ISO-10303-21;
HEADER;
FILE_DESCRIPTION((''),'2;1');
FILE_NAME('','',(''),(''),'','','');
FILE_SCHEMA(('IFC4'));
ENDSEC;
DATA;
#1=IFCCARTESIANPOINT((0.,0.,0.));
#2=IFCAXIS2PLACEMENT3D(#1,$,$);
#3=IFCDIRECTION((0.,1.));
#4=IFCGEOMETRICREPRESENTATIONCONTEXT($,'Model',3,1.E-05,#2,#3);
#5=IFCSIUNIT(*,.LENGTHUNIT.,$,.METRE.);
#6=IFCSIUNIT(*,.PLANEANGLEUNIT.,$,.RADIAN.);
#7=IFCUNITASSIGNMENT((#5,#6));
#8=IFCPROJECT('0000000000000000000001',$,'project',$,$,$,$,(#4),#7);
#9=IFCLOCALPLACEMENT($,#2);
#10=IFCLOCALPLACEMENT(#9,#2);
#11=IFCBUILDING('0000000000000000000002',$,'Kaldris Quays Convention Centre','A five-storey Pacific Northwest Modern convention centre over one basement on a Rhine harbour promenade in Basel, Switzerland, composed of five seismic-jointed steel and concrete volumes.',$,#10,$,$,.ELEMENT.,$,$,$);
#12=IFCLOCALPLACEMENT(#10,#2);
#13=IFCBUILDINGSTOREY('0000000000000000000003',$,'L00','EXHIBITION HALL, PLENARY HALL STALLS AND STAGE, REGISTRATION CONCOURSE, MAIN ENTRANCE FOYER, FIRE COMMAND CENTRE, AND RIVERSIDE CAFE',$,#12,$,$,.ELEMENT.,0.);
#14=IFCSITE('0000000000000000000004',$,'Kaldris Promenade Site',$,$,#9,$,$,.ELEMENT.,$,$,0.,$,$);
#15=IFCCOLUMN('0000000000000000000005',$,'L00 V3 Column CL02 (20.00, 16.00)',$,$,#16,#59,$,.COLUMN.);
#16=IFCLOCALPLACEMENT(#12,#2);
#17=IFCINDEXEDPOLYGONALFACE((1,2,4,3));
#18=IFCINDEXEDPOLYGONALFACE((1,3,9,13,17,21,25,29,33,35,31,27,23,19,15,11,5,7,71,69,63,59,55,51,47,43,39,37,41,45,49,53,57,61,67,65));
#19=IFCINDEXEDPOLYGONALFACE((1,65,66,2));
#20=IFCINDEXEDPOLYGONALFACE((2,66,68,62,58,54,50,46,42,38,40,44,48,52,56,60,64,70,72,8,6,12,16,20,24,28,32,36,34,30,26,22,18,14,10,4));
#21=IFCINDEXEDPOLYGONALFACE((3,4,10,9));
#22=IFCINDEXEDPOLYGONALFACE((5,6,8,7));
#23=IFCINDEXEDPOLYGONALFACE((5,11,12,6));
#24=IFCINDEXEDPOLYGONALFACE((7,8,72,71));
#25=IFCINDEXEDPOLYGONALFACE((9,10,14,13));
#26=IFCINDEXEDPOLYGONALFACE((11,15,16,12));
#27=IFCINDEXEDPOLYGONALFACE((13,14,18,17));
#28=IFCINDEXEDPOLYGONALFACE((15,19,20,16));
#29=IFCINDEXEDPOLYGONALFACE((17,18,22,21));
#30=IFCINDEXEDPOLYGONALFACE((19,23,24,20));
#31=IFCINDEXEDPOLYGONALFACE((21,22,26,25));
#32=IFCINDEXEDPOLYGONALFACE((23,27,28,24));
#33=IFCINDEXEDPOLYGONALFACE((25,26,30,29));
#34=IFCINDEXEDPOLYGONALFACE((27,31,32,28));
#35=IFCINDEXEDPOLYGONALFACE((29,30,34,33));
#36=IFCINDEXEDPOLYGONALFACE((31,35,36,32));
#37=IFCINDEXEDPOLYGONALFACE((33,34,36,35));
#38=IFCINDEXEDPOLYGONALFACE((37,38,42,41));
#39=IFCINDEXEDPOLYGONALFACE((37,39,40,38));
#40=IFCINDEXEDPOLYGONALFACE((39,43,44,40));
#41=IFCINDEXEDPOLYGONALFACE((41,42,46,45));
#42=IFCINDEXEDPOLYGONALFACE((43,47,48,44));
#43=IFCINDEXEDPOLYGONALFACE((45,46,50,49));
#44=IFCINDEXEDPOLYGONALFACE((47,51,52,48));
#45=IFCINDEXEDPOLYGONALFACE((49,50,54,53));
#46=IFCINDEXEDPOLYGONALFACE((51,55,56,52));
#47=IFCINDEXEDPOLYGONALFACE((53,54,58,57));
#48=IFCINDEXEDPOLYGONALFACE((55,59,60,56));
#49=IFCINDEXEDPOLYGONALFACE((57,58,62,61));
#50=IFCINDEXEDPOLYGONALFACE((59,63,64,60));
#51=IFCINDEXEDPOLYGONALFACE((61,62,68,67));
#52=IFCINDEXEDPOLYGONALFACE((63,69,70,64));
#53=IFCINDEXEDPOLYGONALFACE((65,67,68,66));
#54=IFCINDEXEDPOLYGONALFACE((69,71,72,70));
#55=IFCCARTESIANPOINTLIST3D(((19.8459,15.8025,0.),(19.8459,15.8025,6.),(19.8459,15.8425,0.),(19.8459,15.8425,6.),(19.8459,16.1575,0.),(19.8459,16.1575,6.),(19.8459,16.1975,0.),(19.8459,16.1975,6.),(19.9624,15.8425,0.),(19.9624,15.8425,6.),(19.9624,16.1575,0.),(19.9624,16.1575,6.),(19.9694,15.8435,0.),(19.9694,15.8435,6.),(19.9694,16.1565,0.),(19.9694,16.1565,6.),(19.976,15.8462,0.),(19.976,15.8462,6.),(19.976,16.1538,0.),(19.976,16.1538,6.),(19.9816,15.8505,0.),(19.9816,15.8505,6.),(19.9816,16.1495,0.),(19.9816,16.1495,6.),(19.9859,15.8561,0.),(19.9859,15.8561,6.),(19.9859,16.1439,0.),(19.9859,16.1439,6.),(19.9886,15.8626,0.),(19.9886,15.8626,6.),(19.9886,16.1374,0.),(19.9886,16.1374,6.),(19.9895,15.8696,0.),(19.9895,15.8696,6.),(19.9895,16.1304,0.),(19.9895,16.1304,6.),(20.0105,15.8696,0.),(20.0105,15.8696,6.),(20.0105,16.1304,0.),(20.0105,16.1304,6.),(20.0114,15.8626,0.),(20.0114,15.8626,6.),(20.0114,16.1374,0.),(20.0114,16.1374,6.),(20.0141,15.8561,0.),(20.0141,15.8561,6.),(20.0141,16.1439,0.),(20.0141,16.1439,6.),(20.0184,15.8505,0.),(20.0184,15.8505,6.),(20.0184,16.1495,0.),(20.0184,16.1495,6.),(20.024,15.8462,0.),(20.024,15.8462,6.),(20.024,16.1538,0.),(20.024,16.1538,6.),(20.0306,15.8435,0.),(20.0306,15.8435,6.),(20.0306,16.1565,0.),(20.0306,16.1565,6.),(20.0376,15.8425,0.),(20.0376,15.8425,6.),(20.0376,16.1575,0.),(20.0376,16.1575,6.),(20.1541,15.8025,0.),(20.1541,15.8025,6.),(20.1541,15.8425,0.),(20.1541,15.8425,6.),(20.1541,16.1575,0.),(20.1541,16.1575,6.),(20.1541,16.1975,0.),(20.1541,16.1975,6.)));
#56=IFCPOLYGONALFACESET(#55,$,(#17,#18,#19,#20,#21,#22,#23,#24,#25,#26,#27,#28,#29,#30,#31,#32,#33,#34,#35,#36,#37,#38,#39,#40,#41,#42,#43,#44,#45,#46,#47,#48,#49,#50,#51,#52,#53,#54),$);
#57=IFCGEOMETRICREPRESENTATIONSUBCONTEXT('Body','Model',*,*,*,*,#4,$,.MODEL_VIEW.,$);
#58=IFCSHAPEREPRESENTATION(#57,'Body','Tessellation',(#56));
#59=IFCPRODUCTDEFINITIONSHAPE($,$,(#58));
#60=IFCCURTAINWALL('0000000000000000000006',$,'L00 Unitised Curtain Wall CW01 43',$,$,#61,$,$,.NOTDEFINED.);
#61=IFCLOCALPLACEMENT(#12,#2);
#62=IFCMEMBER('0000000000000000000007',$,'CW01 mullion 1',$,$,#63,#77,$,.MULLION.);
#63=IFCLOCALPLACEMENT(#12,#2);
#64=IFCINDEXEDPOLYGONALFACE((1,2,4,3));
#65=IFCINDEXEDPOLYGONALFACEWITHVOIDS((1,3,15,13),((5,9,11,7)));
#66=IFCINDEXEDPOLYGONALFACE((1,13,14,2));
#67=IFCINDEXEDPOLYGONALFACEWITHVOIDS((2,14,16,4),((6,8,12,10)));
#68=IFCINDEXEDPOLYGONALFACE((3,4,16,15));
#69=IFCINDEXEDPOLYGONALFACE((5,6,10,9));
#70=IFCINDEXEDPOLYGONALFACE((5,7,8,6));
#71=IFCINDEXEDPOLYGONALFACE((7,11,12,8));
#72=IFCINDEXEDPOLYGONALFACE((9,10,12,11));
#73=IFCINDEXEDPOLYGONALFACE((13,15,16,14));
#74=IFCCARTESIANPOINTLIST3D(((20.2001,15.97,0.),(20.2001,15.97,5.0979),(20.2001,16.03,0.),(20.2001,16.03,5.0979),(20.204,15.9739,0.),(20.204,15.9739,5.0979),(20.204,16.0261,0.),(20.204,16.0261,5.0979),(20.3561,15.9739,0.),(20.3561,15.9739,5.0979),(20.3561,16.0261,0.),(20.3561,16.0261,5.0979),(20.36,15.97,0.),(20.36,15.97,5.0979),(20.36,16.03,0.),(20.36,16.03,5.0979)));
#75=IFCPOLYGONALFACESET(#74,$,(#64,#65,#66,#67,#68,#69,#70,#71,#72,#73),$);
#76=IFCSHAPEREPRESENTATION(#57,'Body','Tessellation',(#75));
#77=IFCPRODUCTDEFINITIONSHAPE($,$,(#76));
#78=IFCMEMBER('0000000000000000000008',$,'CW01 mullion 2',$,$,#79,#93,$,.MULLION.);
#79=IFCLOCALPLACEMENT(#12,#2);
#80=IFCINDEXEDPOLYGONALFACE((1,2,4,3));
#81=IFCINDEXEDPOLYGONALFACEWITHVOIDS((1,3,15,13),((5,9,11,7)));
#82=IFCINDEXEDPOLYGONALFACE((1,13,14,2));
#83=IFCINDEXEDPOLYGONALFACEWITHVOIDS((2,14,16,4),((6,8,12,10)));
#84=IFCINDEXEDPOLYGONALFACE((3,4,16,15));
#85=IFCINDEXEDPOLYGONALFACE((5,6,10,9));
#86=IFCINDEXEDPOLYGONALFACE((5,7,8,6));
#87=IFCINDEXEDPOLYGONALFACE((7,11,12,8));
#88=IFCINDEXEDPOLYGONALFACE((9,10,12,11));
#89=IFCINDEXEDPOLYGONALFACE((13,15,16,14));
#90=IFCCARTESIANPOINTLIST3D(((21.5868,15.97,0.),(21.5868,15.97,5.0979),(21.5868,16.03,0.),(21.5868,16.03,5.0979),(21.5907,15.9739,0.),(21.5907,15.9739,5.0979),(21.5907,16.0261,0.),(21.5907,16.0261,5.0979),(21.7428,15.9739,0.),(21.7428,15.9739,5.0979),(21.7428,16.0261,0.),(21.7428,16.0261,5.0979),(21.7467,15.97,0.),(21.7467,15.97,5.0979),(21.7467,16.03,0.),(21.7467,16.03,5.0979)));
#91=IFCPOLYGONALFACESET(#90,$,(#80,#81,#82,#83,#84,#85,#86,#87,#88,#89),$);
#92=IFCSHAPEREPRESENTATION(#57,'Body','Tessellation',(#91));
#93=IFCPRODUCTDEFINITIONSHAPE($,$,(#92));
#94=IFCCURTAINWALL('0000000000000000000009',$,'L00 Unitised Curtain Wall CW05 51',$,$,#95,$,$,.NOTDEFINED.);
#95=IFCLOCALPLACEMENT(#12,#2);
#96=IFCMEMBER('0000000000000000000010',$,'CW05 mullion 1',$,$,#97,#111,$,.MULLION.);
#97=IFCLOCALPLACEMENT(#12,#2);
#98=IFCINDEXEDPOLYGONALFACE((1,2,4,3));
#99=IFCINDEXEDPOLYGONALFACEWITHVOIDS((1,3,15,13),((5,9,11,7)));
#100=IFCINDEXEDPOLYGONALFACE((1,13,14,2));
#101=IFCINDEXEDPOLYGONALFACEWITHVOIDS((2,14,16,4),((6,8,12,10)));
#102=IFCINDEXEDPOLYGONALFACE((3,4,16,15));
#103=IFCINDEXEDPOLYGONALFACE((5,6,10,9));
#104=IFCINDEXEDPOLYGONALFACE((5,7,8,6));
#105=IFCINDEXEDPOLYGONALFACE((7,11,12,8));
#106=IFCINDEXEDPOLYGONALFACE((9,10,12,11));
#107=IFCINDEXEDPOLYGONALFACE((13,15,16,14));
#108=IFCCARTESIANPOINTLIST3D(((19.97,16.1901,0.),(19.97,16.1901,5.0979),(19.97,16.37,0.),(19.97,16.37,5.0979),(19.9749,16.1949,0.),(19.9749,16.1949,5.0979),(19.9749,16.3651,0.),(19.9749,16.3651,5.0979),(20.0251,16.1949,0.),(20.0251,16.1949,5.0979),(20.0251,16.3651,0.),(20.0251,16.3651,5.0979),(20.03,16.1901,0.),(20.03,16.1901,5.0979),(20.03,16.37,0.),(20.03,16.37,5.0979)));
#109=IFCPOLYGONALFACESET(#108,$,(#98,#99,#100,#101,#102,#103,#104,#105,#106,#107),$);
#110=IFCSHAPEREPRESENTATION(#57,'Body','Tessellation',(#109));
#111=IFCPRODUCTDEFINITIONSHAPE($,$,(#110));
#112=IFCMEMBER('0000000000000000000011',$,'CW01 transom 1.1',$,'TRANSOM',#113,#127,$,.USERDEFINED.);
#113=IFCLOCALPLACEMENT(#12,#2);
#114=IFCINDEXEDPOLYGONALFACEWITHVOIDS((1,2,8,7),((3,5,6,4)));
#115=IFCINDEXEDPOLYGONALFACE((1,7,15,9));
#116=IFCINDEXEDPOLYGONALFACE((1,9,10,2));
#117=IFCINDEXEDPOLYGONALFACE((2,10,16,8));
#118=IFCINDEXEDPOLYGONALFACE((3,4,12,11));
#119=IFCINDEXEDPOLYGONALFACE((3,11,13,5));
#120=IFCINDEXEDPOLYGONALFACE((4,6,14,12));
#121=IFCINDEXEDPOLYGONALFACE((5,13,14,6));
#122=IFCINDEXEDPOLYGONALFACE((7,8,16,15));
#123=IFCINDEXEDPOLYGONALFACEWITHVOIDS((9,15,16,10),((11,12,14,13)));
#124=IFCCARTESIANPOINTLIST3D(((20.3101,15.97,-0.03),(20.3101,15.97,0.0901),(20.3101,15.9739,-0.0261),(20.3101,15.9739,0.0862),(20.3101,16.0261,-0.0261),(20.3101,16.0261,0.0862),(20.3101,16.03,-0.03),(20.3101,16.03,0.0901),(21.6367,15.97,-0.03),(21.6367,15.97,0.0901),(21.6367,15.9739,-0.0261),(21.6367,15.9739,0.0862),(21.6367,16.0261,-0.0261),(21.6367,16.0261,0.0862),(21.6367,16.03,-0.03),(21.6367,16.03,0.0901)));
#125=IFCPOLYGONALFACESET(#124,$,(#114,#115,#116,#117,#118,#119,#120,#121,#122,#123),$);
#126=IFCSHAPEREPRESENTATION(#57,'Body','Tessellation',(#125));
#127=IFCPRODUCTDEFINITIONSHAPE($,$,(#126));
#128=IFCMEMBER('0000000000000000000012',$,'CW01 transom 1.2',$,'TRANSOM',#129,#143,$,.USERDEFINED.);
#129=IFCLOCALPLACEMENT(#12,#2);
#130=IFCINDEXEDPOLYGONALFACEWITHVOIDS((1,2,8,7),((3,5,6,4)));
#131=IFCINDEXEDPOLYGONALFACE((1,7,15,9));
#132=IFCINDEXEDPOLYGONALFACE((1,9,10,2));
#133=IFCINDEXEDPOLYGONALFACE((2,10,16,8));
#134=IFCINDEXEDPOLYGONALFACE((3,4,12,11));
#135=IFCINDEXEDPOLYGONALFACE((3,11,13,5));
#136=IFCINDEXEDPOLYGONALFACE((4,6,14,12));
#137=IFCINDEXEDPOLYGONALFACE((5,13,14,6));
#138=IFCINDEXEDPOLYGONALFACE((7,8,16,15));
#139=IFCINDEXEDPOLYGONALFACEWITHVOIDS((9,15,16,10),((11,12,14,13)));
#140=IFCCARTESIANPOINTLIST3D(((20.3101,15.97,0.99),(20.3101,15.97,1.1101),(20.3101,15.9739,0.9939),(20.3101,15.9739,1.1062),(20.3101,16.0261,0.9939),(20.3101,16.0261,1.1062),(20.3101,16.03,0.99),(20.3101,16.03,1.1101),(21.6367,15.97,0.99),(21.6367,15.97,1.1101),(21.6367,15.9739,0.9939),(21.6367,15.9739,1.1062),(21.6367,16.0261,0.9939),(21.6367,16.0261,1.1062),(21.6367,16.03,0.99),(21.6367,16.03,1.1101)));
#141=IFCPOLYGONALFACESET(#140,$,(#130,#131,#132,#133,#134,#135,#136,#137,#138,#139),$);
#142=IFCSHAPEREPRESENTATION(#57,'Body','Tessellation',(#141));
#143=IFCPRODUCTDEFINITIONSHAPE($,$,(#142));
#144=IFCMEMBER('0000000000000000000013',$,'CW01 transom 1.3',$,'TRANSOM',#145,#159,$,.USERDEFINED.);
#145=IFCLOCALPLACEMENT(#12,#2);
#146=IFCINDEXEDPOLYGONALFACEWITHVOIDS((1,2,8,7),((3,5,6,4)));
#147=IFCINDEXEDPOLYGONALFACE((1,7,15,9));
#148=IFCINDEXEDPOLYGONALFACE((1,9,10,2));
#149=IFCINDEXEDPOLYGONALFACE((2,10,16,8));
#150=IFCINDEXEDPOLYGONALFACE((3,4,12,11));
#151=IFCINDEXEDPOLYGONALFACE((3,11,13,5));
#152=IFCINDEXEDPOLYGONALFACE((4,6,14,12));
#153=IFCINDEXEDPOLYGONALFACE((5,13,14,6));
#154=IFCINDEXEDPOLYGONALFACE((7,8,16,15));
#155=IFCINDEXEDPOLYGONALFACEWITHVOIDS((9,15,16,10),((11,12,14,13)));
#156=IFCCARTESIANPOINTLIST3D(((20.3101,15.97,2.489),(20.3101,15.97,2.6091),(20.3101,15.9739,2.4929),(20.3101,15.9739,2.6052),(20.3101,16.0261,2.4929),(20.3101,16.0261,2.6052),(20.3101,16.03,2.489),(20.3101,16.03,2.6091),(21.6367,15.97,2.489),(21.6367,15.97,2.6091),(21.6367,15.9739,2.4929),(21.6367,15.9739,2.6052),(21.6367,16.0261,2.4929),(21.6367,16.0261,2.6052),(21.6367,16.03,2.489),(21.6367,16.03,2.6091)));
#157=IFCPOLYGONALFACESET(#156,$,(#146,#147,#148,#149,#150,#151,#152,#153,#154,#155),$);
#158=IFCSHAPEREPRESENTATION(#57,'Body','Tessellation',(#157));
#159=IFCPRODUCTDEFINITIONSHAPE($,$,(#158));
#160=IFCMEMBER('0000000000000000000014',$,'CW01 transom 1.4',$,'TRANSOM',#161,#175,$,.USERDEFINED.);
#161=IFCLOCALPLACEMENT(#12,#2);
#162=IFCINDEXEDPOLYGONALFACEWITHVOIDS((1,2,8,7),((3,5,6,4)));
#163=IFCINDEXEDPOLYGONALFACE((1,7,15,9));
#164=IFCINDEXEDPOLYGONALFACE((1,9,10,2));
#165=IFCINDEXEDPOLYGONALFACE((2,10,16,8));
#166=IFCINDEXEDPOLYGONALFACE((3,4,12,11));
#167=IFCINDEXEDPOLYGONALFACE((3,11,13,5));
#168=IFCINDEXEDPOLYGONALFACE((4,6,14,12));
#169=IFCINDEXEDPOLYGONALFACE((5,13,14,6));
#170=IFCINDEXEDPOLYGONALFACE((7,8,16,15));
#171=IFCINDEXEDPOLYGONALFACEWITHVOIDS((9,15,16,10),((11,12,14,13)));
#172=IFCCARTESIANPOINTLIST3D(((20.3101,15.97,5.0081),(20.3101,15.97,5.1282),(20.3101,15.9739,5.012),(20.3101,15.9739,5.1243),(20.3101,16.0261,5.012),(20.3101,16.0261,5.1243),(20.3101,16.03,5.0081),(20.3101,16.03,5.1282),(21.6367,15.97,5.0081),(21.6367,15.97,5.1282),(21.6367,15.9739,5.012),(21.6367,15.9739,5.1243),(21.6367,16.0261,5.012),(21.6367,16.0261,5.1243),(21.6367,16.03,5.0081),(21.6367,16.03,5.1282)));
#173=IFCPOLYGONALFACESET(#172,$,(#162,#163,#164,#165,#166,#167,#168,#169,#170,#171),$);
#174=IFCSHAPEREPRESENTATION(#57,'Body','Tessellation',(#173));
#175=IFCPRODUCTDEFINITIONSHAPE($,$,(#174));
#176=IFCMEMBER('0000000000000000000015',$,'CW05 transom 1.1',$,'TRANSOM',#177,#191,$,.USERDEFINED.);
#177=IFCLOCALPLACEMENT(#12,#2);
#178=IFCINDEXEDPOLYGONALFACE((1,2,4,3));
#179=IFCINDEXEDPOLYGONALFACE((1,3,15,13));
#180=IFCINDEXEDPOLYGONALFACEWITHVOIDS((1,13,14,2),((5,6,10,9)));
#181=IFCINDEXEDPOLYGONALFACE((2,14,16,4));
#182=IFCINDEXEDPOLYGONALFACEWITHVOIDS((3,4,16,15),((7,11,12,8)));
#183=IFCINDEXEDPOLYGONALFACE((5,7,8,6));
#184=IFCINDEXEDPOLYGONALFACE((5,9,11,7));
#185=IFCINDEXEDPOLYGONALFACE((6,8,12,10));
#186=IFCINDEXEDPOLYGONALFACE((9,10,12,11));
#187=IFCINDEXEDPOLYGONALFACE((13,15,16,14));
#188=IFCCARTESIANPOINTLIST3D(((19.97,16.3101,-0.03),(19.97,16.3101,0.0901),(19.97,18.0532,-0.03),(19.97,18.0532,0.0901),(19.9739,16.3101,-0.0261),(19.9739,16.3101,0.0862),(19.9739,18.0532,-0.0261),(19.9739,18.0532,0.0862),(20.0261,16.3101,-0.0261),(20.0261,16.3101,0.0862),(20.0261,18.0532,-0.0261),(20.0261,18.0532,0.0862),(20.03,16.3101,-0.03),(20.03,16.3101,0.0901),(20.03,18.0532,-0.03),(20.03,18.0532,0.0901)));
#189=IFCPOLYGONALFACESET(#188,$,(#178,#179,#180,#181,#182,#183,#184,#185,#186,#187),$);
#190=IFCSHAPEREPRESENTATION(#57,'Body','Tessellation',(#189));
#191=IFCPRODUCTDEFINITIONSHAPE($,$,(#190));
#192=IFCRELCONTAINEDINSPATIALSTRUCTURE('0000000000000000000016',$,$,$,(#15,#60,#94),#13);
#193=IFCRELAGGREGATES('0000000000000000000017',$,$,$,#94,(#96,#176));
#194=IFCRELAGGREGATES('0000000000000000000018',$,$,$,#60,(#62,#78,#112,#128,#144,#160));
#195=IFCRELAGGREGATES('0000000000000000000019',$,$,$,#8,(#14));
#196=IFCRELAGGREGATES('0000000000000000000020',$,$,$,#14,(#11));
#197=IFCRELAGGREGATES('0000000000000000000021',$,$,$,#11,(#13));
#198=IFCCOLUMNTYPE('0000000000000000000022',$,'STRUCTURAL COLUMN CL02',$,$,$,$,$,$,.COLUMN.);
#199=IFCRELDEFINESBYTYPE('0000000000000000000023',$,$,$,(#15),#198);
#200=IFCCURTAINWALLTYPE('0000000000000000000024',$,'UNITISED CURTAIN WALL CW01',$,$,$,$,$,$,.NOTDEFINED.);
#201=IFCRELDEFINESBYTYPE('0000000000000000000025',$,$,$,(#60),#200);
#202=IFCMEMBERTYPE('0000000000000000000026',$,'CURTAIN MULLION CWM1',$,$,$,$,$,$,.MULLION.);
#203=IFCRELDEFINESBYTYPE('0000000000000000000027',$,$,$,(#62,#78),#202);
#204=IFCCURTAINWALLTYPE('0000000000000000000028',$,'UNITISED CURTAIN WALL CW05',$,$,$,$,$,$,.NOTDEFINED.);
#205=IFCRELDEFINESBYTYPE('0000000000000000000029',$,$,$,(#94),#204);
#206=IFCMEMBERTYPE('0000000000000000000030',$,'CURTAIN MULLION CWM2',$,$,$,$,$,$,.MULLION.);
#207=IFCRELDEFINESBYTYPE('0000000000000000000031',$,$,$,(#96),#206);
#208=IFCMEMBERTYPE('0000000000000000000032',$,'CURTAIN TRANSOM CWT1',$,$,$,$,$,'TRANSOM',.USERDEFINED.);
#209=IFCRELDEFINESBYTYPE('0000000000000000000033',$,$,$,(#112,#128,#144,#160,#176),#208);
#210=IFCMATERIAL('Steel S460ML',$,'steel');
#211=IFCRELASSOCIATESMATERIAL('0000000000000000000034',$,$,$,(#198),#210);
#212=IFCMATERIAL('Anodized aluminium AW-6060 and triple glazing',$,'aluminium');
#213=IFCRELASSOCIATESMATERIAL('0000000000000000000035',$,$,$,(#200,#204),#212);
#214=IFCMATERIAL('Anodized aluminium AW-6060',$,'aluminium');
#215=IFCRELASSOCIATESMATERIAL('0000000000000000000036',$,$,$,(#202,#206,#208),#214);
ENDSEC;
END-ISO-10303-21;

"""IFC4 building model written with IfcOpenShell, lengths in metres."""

from ifc_helpers import new_model, si_unit, direction, frame, origin, origin_2d, place, context, subcontext, project, spatial, hollow_rectangle, i_section, extrude, material, material_profile, profile_set, type_object, element, aggregate, save


model = new_model("IFC4")

# Units and contexts
model_context = context("Model", 3, precision=1e-05, world=origin(), true_north=direction((0.0, 1.0)))
body_context = subcontext(model_context, "Body", "Model", "MODEL_VIEW")
ifc_project = project(units=[si_unit("LENGTHUNIT", "METRE"), si_unit("PLANEANGLEUNIT", "RADIAN")], contexts=[model_context])

# Site, building, storey
site_placement = place(None, origin())
site = spatial("IfcSite", under=ifc_project, at=site_placement, Name="Kaldris Promenade Site", CompositionType="ELEMENT", RefElevation=0.0)
building_placement = place(site_placement, origin())
building = spatial("IfcBuilding", under=site, at=building_placement, Name="Kaldris Quays Convention Centre", Description="A five-storey Pacific Northwest Modern convention centre over one basement on a Rhine harbour promenade in Basel, Switzerland, composed of five seismic-jointed steel and concrete volumes.", CompositionType="ELEMENT")
storey_placement = place(building_placement, origin())
storey = spatial("IfcBuildingStorey", under=building, at=storey_placement, Name="L00", Description="EXHIBITION HALL, PLENARY HALL STALLS AND STAGE, REGISTRATION CONCOURSE, MAIN ENTRANCE FOYER, FIRE COMMAND CENTRE, AND RIVERSIDE CAFE", CompositionType="ELEMENT", Elevation=0.0)

# Column
ifc_material_1 = material(Name="Steel S460ML", Category="steel")
ifc_material_profile_1 = material_profile(ifc_material_1, i_section(OverallWidth=0.3081, OverallDepth=0.395, WebThickness=0.021, FlangeThickness=0.04, FilletRadius=0.0271, at=origin_2d()), Name="HEM 360")
ifc_profile_set_1 = profile_set([ifc_material_profile_1], Name="Steel S460ML")
column_type = type_object("IfcColumnType", Name="STRUCTURAL COLUMN CL02", PredefinedType="COLUMN", material=ifc_profile_set_1)
column_placement = place(storey_placement, frame((20.0, 16.0, 0.0), z_axis=(0.0, 0.0, 1.0), x_axis=(1.0, 0.0, 0.0)))
element("IfcColumn", 1, at=column_placement, inside=storey, type_object=column_type, Name="L00 V3 Column CL02 (20.00, 16.00)", PredefinedType="COLUMN", context=body_context, shape_type="SweptSolid", body=[
    extrude(i_section(OverallWidth=0.3081, OverallDepth=0.395, WebThickness=0.021, FlangeThickness=0.04, FilletRadius=0.0271, at=origin_2d()), origin(), (0.0, 0.0, 1.0), 6.0),
])

# Curtain wall, members
ifc_material_2 = material(Name="Anodized aluminium AW-6060 and triple glazing", Category="aluminium")
curtain_wall_type_1 = type_object("IfcCurtainWallType", Name="UNITISED CURTAIN WALL CW01", PredefinedType="NOTDEFINED", material=ifc_material_2)
curtain_wall_1_placement = place(storey_placement, origin())
curtain_wall_1 = element("IfcCurtainWall", 2, at=curtain_wall_1_placement, inside=storey, type_object=curtain_wall_type_1, Name="L00 Unitised Curtain Wall CW01 43", PredefinedType="NOTDEFINED")
ifc_material_3 = material(Name="Anodized aluminium AW-6060", Category="aluminium")
ifc_material_profile_2 = material_profile(ifc_material_3, hollow_rectangle(XDim=0.0601, YDim=0.1599, WallThickness=0.0039, at=origin_2d()), Name="RHS 160x60x4")
ifc_profile_set_2 = profile_set([ifc_material_profile_2], Name="Anodized aluminium AW-6060")
member_type_1 = type_object("IfcMemberType", Name="CURTAIN MULLION CWM1", PredefinedType="MULLION", material=ifc_profile_set_2)
member_1_placement = place(storey_placement, frame((20.28, 16.0, 0.0), z_axis=(0.0, 0.0, 1.0), x_axis=(0.0, 1.0, 0.0)))
member_1 = element("IfcMember", 3, at=member_1_placement, type_object=member_type_1, Name="CW01 mullion 1", PredefinedType="MULLION", context=body_context, shape_type="SweptSolid", body=[
    extrude(hollow_rectangle(XDim=0.0601, YDim=0.1599, WallThickness=0.0039, at=origin_2d()), origin(), (0.0, 0.0, 1.0), 5.0979),
])
member_2_placement = place(storey_placement, frame((21.6667, 16.0, 0.0), z_axis=(0.0, 0.0, 1.0), x_axis=(0.0, 1.0, 0.0)))
member_2 = element("IfcMember", 4, at=member_2_placement, type_object=member_type_1, Name="CW01 mullion 2", PredefinedType="MULLION", context=body_context, shape_type="SweptSolid", body=[
    extrude(hollow_rectangle(XDim=0.0601, YDim=0.1599, WallThickness=0.0039, at=origin_2d()), origin(), (0.0, 0.0, 1.0), 5.0979),
])

# Curtain wall, member
curtain_wall_type_2 = type_object("IfcCurtainWallType", Name="UNITISED CURTAIN WALL CW05", PredefinedType="NOTDEFINED", material=ifc_material_2)
curtain_wall_2_placement = place(storey_placement, origin())
curtain_wall_2 = element("IfcCurtainWall", 5, at=curtain_wall_2_placement, inside=storey, type_object=curtain_wall_type_2, Name="L00 Unitised Curtain Wall CW05 51", PredefinedType="NOTDEFINED")
ifc_material_profile_3 = material_profile(ifc_material_3, hollow_rectangle(XDim=0.0601, YDim=0.1799, WallThickness=0.0049, at=origin_2d()), Name="RHS 180x60x5")
ifc_profile_set_3 = profile_set([ifc_material_profile_3], Name="Anodized aluminium AW-6060")
member_type_2 = type_object("IfcMemberType", Name="CURTAIN MULLION CWM2", PredefinedType="MULLION", material=ifc_profile_set_3)
member_3_placement = place(storey_placement, frame((20.0, 16.28, 0.0), z_axis=(0.0, 0.0, 1.0), x_axis=(-1.0, 0.0, 0.0)))
member_3 = element("IfcMember", 6, at=member_3_placement, type_object=member_type_2, Name="CW05 mullion 1", PredefinedType="MULLION", context=body_context, shape_type="SweptSolid", body=[
    extrude(hollow_rectangle(XDim=0.0601, YDim=0.1799, WallThickness=0.0049, at=origin_2d()), origin(), (0.0, 0.0, 1.0), 5.0979),
])

# Members
ifc_material_profile_4 = material_profile(ifc_material_3, hollow_rectangle(XDim=0.0601, YDim=0.1201, WallThickness=0.0039, at=origin_2d()), Name="RHS 120x60x4")
ifc_profile_set_4 = profile_set([ifc_material_profile_4], Name="Anodized aluminium AW-6060")
member_type_3 = type_object("IfcMemberType", Name="CURTAIN TRANSOM CWT1", ElementType="TRANSOM", PredefinedType="USERDEFINED", material=ifc_profile_set_4)
member_4_placement = place(storey_placement, frame((20.3101, 16.0, 0.03), z_axis=(1.0, 0.0, 0.0), x_axis=(0.0, 1.0, 0.0)))
member_4 = element("IfcMember", 7, at=member_4_placement, type_object=member_type_3, Name="CW01 transom 1.1", ObjectType="TRANSOM", PredefinedType="USERDEFINED", context=body_context, shape_type="SweptSolid", body=[
    extrude(hollow_rectangle(XDim=0.0601, YDim=0.1201, WallThickness=0.0039, at=origin_2d()), origin(), (0.0, 0.0, 1.0), 1.3267),
])
member_5_placement = place(storey_placement, frame((20.3101, 16.0, 1.05), z_axis=(1.0, 0.0, 0.0), x_axis=(0.0, 1.0, 0.0)))
member_5 = element("IfcMember", 8, at=member_5_placement, type_object=member_type_3, Name="CW01 transom 1.2", ObjectType="TRANSOM", PredefinedType="USERDEFINED", context=body_context, shape_type="SweptSolid", body=[
    extrude(hollow_rectangle(XDim=0.0601, YDim=0.1201, WallThickness=0.0039, at=origin_2d()), origin(), (0.0, 0.0, 1.0), 1.3267),
])
member_6_placement = place(storey_placement, frame((20.3101, 16.0, 2.5491), z_axis=(1.0, 0.0, 0.0), x_axis=(0.0, 1.0, 0.0)))
member_6 = element("IfcMember", 9, at=member_6_placement, type_object=member_type_3, Name="CW01 transom 1.3", ObjectType="TRANSOM", PredefinedType="USERDEFINED", context=body_context, shape_type="SweptSolid", body=[
    extrude(hollow_rectangle(XDim=0.0601, YDim=0.1201, WallThickness=0.0039, at=origin_2d()), origin(), (0.0, 0.0, 1.0), 1.3267),
])
member_7_placement = place(storey_placement, frame((20.3101, 16.0, 5.0681), z_axis=(1.0, 0.0, 0.0), x_axis=(0.0, 1.0, 0.0)))
member_7 = element("IfcMember", 10, at=member_7_placement, type_object=member_type_3, Name="CW01 transom 1.4", ObjectType="TRANSOM", PredefinedType="USERDEFINED", context=body_context, shape_type="SweptSolid", body=[
    extrude(hollow_rectangle(XDim=0.0601, YDim=0.1201, WallThickness=0.0039, at=origin_2d()), origin(), (0.0, 0.0, 1.0), 1.3267),
])
member_8_placement = place(storey_placement, frame((20.0, 16.3101, 0.03), z_axis=(0.0, 1.0, 0.0), x_axis=(-1.0, 0.0, 0.0)))
member_8 = element("IfcMember", 11, at=member_8_placement, type_object=member_type_3, Name="CW05 transom 1.1", ObjectType="TRANSOM", PredefinedType="USERDEFINED", context=body_context, shape_type="SweptSolid", body=[
    extrude(hollow_rectangle(XDim=0.0601, YDim=0.1201, WallThickness=0.0039, at=origin_2d()), origin(), (0.0, 0.0, 1.0), 1.7432),
])
aggregate(curtain_wall_2, [member_3, member_8])

aggregate(curtain_wall_1, [member_1, member_2, member_4, member_5, member_6, member_7])

save(model, "model.ifc")
